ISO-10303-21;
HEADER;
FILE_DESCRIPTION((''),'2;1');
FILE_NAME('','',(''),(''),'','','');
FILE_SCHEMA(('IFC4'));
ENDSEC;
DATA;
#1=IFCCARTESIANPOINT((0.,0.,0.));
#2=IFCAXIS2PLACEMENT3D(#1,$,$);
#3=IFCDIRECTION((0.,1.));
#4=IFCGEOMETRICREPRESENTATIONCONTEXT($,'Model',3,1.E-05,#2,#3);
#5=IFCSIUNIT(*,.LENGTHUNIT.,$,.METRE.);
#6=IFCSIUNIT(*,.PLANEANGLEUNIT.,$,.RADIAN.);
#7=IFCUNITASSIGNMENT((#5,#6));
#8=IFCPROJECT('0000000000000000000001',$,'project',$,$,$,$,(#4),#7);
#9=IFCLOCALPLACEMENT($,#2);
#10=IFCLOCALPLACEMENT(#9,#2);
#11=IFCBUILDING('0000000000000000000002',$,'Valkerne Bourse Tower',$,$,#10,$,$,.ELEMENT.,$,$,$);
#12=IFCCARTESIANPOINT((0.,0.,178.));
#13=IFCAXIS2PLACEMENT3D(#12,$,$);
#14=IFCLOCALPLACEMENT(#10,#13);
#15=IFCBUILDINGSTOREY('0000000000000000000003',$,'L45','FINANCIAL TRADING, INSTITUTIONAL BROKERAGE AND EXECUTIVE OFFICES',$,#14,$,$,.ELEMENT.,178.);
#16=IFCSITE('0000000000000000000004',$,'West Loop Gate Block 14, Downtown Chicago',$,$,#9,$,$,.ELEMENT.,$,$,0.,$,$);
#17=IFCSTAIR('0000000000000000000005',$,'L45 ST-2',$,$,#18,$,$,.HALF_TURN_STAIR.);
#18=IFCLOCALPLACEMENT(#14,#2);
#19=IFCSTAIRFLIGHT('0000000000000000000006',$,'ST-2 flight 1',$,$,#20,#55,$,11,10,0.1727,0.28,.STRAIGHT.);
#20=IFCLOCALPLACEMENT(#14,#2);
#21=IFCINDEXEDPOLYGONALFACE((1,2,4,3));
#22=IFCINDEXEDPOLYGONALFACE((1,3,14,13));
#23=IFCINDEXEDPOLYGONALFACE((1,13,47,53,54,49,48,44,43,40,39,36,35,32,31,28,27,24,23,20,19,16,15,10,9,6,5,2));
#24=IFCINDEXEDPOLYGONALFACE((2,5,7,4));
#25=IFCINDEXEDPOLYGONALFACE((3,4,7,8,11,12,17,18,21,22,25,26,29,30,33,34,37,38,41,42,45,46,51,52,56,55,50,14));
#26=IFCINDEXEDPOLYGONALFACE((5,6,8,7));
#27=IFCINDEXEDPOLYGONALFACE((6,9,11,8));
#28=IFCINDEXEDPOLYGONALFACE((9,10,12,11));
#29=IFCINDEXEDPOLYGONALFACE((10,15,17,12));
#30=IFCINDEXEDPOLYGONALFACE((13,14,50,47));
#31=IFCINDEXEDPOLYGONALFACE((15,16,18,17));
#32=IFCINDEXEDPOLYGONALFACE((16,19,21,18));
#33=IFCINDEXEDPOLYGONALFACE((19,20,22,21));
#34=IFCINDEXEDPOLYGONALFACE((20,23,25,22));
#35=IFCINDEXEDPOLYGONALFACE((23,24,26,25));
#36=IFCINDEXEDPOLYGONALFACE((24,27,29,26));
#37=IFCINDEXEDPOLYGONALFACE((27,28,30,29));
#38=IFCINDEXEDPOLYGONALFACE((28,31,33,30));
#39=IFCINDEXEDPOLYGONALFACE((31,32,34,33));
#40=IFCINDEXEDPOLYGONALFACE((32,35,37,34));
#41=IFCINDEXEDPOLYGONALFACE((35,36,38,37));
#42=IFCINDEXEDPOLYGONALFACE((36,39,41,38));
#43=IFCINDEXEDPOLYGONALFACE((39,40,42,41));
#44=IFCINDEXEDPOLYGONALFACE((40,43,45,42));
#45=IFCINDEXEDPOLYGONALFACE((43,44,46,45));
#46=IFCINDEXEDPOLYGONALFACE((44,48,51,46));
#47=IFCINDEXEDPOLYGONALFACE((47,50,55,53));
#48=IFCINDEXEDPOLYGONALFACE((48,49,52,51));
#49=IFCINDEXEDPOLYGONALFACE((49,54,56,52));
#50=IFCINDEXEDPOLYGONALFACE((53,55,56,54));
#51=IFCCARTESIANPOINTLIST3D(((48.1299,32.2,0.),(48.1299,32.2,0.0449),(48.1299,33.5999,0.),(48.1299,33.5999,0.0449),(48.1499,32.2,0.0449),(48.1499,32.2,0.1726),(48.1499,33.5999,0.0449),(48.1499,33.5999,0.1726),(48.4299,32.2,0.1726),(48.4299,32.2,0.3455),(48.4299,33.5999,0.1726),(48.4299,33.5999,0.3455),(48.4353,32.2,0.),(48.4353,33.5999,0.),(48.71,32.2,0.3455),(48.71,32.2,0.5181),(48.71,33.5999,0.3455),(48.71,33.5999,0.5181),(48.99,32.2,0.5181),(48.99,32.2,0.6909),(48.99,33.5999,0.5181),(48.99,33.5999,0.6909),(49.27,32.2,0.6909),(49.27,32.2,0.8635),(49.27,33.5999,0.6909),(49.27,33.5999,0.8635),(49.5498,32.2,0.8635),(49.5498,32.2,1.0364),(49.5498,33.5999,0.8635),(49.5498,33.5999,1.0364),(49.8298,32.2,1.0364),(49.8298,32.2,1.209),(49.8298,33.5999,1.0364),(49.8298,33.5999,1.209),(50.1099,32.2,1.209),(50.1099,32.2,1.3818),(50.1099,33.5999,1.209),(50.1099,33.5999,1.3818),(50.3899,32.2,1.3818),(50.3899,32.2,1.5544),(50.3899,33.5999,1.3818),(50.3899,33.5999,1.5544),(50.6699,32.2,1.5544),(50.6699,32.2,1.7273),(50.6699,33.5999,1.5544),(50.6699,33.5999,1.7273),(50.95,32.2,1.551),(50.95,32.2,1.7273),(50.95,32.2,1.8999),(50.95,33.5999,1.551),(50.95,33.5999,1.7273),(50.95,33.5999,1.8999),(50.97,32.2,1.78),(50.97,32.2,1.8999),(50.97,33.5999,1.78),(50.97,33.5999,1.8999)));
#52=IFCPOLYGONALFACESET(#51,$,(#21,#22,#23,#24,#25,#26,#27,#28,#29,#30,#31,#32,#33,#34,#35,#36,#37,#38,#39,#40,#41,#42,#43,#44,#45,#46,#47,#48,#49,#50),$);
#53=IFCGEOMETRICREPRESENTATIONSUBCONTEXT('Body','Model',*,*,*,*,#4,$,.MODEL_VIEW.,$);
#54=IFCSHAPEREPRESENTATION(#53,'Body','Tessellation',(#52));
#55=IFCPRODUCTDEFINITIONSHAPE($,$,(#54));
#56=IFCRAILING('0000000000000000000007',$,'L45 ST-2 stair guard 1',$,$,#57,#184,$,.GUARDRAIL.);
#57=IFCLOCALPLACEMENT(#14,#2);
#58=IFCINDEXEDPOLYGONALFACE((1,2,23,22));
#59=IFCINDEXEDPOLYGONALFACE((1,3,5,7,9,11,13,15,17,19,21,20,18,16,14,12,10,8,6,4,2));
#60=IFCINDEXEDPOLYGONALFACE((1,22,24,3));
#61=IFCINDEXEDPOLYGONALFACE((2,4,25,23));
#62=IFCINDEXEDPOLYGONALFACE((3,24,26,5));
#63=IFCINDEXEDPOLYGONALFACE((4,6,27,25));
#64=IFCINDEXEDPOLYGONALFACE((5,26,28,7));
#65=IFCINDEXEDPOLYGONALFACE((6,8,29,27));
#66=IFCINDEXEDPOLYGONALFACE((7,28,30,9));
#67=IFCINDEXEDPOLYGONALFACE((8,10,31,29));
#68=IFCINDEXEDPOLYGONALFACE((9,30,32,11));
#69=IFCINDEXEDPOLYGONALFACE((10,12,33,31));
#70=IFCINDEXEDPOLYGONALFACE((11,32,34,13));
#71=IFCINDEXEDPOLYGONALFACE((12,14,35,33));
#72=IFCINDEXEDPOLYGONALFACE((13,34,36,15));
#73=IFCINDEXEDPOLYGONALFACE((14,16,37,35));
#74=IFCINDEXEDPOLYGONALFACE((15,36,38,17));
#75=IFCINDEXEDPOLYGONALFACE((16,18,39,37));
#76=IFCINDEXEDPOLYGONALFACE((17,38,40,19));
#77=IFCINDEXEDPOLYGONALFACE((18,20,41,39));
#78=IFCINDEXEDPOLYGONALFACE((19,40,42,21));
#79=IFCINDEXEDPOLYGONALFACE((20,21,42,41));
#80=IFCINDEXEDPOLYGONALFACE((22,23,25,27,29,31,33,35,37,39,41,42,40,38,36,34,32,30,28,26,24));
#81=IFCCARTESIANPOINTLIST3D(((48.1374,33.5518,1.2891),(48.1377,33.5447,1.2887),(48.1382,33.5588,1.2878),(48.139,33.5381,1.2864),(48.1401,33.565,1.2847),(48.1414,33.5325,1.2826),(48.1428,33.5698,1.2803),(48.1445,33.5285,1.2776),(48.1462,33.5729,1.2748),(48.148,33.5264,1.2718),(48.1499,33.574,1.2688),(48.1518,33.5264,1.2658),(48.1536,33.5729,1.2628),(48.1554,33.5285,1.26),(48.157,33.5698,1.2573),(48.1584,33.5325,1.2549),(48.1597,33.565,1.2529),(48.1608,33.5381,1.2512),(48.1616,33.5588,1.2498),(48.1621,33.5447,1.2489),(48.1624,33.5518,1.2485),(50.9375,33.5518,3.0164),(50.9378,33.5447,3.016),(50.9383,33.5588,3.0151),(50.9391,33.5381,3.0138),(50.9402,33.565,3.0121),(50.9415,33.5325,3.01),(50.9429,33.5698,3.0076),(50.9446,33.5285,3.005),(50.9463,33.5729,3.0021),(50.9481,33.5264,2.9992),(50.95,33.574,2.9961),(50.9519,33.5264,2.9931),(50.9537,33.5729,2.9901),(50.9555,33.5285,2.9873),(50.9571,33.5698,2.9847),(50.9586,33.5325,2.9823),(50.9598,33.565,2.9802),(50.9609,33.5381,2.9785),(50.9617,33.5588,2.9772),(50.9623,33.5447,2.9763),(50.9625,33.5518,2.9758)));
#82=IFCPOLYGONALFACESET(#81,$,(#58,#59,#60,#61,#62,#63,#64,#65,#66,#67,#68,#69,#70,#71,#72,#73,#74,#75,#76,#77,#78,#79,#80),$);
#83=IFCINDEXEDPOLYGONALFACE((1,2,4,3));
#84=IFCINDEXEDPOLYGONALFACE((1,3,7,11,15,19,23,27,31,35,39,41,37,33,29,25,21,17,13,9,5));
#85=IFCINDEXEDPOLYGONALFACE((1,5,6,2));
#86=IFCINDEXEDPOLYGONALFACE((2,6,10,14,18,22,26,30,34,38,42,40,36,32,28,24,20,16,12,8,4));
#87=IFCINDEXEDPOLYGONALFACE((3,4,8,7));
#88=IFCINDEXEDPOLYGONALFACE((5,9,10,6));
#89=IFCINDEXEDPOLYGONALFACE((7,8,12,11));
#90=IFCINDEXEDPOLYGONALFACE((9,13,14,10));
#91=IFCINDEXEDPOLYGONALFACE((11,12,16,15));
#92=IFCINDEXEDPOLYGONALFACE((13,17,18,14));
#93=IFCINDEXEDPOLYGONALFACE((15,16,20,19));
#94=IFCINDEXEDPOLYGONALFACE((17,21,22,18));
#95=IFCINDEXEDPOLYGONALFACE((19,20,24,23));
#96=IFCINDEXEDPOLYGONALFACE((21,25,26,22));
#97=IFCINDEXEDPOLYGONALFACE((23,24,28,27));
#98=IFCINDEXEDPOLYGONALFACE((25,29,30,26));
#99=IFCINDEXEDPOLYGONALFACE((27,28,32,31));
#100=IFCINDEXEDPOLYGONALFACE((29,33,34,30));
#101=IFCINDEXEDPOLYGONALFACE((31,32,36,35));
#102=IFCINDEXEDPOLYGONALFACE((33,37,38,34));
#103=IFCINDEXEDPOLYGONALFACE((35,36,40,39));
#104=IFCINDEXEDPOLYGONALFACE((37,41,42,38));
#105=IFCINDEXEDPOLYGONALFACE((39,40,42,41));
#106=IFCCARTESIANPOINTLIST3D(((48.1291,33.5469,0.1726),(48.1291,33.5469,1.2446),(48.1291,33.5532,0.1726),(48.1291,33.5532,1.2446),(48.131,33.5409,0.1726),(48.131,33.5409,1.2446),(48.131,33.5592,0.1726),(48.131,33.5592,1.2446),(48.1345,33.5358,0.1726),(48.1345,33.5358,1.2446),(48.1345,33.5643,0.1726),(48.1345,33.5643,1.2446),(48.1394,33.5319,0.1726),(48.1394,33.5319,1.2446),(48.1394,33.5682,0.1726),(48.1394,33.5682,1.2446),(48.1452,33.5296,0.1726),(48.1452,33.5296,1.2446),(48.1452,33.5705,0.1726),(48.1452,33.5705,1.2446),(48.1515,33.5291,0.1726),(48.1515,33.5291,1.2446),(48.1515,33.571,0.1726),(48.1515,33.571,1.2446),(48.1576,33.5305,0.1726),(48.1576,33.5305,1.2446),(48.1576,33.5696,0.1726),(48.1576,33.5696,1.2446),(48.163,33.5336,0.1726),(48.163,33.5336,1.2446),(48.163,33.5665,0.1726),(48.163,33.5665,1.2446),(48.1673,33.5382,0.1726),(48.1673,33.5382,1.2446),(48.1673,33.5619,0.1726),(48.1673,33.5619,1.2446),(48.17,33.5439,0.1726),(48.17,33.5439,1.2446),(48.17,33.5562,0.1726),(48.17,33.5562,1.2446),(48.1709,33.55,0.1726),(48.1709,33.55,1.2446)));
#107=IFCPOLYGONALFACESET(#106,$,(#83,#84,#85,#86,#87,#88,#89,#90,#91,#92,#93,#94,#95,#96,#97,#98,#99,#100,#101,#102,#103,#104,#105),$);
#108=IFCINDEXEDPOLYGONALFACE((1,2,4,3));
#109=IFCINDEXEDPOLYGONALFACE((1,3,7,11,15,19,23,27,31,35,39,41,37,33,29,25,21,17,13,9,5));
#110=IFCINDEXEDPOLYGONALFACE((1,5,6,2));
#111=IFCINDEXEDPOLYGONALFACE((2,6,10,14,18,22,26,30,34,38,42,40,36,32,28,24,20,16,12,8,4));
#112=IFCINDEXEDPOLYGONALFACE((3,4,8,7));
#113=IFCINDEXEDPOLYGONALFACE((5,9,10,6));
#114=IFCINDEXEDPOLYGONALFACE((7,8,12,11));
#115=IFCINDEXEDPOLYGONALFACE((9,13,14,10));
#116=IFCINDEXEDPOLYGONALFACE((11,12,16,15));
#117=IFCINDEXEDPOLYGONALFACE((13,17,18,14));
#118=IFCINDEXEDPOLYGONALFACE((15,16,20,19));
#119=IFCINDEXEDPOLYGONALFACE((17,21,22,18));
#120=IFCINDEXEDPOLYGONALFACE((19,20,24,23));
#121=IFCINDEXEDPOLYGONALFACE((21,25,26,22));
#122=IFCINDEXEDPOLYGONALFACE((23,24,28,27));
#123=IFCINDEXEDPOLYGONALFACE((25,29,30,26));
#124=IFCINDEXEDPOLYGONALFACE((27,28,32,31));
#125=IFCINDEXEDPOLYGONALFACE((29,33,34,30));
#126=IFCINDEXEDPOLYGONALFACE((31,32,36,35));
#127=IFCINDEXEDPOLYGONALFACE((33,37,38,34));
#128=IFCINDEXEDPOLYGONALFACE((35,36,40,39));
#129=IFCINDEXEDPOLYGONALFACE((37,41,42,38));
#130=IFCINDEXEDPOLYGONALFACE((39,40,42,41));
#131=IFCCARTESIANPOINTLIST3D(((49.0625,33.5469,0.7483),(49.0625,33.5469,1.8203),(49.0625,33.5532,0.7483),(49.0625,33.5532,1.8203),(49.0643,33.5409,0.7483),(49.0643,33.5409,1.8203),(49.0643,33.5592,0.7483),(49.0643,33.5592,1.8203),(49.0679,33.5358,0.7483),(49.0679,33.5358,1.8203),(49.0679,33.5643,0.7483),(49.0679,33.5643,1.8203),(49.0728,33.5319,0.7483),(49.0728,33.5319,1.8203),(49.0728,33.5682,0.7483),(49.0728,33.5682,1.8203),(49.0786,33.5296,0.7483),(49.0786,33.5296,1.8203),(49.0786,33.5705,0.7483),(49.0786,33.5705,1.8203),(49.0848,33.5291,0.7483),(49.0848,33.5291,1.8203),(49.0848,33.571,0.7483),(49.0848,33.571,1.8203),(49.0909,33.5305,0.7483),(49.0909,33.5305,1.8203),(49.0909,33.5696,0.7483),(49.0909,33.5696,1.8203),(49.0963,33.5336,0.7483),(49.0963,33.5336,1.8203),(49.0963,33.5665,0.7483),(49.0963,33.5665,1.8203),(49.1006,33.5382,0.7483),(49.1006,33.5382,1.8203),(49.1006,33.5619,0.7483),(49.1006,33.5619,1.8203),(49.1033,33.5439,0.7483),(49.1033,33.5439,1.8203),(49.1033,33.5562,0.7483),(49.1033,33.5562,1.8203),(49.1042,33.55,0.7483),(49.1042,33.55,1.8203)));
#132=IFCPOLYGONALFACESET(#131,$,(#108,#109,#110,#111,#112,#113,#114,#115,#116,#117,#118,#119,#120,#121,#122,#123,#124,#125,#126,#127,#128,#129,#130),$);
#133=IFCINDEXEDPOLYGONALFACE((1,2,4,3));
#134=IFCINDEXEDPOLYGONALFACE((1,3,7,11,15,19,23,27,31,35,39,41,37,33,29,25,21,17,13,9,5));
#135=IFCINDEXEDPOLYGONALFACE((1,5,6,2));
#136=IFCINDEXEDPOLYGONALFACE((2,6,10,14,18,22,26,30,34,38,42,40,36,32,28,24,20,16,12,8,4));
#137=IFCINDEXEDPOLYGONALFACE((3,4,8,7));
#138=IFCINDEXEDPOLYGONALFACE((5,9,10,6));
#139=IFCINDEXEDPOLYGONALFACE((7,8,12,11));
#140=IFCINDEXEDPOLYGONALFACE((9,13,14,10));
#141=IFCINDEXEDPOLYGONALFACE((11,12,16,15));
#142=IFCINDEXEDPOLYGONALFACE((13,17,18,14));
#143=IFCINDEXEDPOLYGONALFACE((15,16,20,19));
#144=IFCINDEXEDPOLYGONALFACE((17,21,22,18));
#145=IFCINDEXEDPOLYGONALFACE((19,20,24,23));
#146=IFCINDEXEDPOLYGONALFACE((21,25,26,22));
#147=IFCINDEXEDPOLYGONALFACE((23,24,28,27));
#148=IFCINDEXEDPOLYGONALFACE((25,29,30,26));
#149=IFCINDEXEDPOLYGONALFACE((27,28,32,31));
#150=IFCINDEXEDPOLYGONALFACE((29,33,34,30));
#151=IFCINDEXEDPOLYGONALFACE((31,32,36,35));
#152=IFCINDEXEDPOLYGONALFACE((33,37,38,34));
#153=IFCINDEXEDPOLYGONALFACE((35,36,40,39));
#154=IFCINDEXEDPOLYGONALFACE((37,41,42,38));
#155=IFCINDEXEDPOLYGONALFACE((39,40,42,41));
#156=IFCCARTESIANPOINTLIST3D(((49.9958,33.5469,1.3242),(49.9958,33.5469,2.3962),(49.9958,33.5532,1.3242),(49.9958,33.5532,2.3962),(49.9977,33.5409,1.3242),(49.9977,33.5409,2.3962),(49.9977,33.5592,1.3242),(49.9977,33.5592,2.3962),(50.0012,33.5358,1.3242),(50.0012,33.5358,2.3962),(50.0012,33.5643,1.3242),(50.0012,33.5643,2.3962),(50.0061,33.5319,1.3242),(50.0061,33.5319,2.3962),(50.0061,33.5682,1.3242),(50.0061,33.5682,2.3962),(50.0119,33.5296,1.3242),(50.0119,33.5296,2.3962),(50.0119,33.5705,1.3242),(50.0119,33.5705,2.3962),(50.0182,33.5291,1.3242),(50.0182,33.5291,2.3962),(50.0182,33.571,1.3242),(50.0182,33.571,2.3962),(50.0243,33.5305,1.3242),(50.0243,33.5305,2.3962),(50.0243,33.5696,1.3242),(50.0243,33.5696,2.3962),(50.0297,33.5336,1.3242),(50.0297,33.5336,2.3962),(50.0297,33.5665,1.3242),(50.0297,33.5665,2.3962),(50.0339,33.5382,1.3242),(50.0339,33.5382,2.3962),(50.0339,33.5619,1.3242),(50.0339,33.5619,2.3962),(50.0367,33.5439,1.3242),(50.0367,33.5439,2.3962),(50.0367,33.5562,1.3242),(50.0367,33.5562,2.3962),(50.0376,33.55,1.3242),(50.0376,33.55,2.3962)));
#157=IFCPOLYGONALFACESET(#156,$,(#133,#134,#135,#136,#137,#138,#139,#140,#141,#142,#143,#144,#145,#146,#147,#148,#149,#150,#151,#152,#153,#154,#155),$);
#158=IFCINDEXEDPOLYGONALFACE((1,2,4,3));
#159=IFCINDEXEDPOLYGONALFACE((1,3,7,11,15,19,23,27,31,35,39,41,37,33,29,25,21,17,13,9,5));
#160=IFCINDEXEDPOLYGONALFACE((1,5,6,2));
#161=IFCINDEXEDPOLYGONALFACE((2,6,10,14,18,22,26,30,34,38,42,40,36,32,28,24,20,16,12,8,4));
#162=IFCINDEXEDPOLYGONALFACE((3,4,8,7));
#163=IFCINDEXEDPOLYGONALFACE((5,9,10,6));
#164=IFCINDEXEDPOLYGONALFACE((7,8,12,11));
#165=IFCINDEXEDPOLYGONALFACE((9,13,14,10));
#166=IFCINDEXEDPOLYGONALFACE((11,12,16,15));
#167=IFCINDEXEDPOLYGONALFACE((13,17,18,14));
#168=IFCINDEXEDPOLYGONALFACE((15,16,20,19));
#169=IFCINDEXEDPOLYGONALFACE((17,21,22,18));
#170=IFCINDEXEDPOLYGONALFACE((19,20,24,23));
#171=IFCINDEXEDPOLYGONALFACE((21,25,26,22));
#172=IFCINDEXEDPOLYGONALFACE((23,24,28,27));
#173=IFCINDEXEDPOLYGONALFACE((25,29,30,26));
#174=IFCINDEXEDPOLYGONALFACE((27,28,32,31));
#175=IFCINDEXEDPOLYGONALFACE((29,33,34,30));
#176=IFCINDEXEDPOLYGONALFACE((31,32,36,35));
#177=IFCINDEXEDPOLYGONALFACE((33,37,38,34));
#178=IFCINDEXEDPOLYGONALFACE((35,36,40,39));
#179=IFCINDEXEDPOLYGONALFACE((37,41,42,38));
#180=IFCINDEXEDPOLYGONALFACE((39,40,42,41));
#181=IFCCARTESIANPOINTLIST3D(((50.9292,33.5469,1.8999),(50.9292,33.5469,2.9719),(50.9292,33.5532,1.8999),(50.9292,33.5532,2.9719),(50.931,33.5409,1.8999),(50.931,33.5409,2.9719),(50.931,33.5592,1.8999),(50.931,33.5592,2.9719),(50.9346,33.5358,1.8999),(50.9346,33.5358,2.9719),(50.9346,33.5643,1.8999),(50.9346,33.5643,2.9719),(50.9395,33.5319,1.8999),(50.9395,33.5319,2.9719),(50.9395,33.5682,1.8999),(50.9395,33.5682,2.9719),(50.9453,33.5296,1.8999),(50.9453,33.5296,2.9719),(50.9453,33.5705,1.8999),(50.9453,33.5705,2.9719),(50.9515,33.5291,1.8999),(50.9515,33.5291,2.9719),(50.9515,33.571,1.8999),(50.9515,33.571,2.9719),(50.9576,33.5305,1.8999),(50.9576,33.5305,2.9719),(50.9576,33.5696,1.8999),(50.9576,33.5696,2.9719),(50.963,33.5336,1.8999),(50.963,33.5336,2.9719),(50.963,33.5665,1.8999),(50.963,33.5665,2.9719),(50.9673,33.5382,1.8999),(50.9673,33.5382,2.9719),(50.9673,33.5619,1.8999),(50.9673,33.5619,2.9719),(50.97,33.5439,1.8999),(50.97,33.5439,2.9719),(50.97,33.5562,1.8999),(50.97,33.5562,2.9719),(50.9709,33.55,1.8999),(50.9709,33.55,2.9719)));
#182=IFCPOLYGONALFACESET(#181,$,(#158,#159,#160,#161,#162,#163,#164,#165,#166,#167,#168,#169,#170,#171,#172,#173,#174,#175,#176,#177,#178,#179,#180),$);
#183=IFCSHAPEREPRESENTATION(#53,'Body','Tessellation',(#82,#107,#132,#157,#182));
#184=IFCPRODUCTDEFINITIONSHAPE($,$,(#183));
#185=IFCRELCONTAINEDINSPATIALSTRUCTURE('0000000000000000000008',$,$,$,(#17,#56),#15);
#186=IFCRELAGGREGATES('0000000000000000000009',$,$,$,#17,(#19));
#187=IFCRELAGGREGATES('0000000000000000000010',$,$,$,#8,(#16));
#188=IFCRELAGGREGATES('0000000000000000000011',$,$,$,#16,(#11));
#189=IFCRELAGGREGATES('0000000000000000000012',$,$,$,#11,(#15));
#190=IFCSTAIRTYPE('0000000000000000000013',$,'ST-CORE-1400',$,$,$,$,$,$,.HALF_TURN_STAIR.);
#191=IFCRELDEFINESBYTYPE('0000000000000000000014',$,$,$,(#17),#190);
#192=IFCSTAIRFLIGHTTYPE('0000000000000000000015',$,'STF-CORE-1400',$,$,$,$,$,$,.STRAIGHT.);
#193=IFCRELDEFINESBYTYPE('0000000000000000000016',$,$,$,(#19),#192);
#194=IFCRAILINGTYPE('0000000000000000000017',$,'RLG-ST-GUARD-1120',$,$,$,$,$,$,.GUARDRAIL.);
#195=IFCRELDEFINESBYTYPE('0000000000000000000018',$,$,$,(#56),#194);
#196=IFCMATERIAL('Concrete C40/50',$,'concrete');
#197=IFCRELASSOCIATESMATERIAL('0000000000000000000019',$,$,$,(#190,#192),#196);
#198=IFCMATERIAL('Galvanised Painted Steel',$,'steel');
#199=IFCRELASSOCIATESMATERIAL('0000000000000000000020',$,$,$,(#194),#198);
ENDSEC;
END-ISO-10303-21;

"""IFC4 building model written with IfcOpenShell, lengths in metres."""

from ifc_helpers import new_model, si_unit, direction, frame, origin, origin_2d, place, context, subcontext, project, spatial, polyline, circle, outline, extrude, material, type_object, element, aggregate, save


model = new_model("IFC4")

# Units and contexts
model_context = context("Model", 3, precision=1e-05, world=origin(), true_north=direction((0.0, 1.0)))
body_context = subcontext(model_context, "Body", "Model", "MODEL_VIEW")
ifc_project = project(units=[si_unit("LENGTHUNIT", "METRE"), si_unit("PLANEANGLEUNIT", "RADIAN")], contexts=[model_context])

# Site, building, storey
site_placement = place(None, origin())
site = spatial("IfcSite", under=ifc_project, at=site_placement, Name="West Loop Gate Block 14, Downtown Chicago", CompositionType="ELEMENT", RefElevation=0.0)
building_placement = place(site_placement, origin())
building = spatial("IfcBuilding", under=site, at=building_placement, Name="Valkerne Bourse Tower", CompositionType="ELEMENT")
storey_placement = place(building_placement, frame((0.0, 0.0, 178.0)))
storey = spatial("IfcBuildingStorey", under=building, at=storey_placement, Name="L45", Description="FINANCIAL TRADING, INSTITUTIONAL BROKERAGE AND EXECUTIVE OFFICES", CompositionType="ELEMENT", Elevation=178.0)

# Shared definitions
ifc_material_1 = material(Name="Galvanised Painted Steel", Category="steel")

# Shared definitions
ifc_material_2 = material(Name="Concrete C40/50", Category="concrete")

# Stair, stair flight
stair_type = type_object("IfcStairType", Name="ST-CORE-1400", PredefinedType="HALF_TURN_STAIR", material=ifc_material_2)
stair_placement = place(storey_placement, origin())
stair = element("IfcStair", 1, at=stair_placement, inside=storey, type_object=stair_type, Name="L45 ST-2", PredefinedType="HALF_TURN_STAIR")
stair_flight_type = type_object("IfcStairFlightType", Name="STF-CORE-1400", PredefinedType="STRAIGHT", material=ifc_material_2)
stair_flight_placement = place(storey_placement, frame((48.1499, 32.8999, 0.0), z_axis=(0.0, 0.0, 1.0), x_axis=(1.0, 0.0, 0.0)))
stair_flight = element("IfcStairFlight", 2, at=stair_flight_placement, type_object=stair_flight_type, Name="ST-2 flight 1", NumberOfRisers=11, NumberOfTreads=10, PredefinedType="STRAIGHT", RiserHeight=0.1727, TreadLength=0.28, context=body_context, shape_type="SweptSolid", body=[
    extrude(outline(polyline([(-0.02, 0.0), (-0.02, 0.0449), (0.0, 0.0449), (0.0, 0.1726), (0.28, 0.1726), (0.28, 0.3455), (0.5601, 0.3455), (0.5601, 0.5181), (0.8401, 0.5181), (0.8401, 0.6909), (1.1201, 0.6909), (1.1201, 0.8635), (1.3999, 0.8635), (1.3999, 1.0364), (1.6799, 1.0364), (1.6799, 1.209), (1.96, 1.209), (1.96, 1.3818), (2.24, 1.3818), (2.24, 1.5544), (2.52, 1.5544), (2.52, 1.7273), (2.8, 1.7273), (2.8, 1.8999), (2.8201, 1.8999), (2.8201, 1.78), (2.8, 1.551), (0.2854, 0.0), (-0.02, 0.0)])), frame((0.0, 0.7, 0.0), z_axis=(0.0, -1.0, 0.0), x_axis=(1.0, 0.0, 0.0)), (0.0, 0.0, 1.0), 1.3999),
])
aggregate(stair, [stair_flight])

# Railing
railing_type_1 = type_object("IfcRailingType", Name="RLG-ST-GUARD-1120", PredefinedType="GUARDRAIL", material=ifc_material_1)
railing_1_placement = place(storey_placement, frame((48.1499, 33.55, 0.1726)))
element("IfcRailing", 3, at=railing_1_placement, inside=storey, type_object=railing_type_1, Name="L45 ST-2 stair guard 1", PredefinedType="GUARDRAIL", context=body_context, shape_type="SweptSolid", body=[
    extrude(circle(Radius=0.0239, at=origin_2d()), frame((0.0, 0.0, 1.0962), z_axis=(0.85109, 0.0, 0.52502), x_axis=(0.0, 1.0, 0.0)), (0.0, 0.0, 1.0), 3.29),
    extrude(circle(Radius=0.021, at=origin_2d()), origin(), (0.0, 0.0, 1.0), 1.072),
    extrude(circle(Radius=0.021, at=origin_2d()), frame((0.9333, 0.0, 0.5757)), (0.0, 0.0, 1.0), 1.072),
    extrude(circle(Radius=0.021, at=origin_2d()), frame((1.8667, 0.0, 1.1516)), (0.0, 0.0, 1.0), 1.072),
    extrude(circle(Radius=0.021, at=origin_2d()), frame((2.8, 0.0, 1.7273)), (0.0, 0.0, 1.0), 1.072),
])

save(model, "model.ifc")
